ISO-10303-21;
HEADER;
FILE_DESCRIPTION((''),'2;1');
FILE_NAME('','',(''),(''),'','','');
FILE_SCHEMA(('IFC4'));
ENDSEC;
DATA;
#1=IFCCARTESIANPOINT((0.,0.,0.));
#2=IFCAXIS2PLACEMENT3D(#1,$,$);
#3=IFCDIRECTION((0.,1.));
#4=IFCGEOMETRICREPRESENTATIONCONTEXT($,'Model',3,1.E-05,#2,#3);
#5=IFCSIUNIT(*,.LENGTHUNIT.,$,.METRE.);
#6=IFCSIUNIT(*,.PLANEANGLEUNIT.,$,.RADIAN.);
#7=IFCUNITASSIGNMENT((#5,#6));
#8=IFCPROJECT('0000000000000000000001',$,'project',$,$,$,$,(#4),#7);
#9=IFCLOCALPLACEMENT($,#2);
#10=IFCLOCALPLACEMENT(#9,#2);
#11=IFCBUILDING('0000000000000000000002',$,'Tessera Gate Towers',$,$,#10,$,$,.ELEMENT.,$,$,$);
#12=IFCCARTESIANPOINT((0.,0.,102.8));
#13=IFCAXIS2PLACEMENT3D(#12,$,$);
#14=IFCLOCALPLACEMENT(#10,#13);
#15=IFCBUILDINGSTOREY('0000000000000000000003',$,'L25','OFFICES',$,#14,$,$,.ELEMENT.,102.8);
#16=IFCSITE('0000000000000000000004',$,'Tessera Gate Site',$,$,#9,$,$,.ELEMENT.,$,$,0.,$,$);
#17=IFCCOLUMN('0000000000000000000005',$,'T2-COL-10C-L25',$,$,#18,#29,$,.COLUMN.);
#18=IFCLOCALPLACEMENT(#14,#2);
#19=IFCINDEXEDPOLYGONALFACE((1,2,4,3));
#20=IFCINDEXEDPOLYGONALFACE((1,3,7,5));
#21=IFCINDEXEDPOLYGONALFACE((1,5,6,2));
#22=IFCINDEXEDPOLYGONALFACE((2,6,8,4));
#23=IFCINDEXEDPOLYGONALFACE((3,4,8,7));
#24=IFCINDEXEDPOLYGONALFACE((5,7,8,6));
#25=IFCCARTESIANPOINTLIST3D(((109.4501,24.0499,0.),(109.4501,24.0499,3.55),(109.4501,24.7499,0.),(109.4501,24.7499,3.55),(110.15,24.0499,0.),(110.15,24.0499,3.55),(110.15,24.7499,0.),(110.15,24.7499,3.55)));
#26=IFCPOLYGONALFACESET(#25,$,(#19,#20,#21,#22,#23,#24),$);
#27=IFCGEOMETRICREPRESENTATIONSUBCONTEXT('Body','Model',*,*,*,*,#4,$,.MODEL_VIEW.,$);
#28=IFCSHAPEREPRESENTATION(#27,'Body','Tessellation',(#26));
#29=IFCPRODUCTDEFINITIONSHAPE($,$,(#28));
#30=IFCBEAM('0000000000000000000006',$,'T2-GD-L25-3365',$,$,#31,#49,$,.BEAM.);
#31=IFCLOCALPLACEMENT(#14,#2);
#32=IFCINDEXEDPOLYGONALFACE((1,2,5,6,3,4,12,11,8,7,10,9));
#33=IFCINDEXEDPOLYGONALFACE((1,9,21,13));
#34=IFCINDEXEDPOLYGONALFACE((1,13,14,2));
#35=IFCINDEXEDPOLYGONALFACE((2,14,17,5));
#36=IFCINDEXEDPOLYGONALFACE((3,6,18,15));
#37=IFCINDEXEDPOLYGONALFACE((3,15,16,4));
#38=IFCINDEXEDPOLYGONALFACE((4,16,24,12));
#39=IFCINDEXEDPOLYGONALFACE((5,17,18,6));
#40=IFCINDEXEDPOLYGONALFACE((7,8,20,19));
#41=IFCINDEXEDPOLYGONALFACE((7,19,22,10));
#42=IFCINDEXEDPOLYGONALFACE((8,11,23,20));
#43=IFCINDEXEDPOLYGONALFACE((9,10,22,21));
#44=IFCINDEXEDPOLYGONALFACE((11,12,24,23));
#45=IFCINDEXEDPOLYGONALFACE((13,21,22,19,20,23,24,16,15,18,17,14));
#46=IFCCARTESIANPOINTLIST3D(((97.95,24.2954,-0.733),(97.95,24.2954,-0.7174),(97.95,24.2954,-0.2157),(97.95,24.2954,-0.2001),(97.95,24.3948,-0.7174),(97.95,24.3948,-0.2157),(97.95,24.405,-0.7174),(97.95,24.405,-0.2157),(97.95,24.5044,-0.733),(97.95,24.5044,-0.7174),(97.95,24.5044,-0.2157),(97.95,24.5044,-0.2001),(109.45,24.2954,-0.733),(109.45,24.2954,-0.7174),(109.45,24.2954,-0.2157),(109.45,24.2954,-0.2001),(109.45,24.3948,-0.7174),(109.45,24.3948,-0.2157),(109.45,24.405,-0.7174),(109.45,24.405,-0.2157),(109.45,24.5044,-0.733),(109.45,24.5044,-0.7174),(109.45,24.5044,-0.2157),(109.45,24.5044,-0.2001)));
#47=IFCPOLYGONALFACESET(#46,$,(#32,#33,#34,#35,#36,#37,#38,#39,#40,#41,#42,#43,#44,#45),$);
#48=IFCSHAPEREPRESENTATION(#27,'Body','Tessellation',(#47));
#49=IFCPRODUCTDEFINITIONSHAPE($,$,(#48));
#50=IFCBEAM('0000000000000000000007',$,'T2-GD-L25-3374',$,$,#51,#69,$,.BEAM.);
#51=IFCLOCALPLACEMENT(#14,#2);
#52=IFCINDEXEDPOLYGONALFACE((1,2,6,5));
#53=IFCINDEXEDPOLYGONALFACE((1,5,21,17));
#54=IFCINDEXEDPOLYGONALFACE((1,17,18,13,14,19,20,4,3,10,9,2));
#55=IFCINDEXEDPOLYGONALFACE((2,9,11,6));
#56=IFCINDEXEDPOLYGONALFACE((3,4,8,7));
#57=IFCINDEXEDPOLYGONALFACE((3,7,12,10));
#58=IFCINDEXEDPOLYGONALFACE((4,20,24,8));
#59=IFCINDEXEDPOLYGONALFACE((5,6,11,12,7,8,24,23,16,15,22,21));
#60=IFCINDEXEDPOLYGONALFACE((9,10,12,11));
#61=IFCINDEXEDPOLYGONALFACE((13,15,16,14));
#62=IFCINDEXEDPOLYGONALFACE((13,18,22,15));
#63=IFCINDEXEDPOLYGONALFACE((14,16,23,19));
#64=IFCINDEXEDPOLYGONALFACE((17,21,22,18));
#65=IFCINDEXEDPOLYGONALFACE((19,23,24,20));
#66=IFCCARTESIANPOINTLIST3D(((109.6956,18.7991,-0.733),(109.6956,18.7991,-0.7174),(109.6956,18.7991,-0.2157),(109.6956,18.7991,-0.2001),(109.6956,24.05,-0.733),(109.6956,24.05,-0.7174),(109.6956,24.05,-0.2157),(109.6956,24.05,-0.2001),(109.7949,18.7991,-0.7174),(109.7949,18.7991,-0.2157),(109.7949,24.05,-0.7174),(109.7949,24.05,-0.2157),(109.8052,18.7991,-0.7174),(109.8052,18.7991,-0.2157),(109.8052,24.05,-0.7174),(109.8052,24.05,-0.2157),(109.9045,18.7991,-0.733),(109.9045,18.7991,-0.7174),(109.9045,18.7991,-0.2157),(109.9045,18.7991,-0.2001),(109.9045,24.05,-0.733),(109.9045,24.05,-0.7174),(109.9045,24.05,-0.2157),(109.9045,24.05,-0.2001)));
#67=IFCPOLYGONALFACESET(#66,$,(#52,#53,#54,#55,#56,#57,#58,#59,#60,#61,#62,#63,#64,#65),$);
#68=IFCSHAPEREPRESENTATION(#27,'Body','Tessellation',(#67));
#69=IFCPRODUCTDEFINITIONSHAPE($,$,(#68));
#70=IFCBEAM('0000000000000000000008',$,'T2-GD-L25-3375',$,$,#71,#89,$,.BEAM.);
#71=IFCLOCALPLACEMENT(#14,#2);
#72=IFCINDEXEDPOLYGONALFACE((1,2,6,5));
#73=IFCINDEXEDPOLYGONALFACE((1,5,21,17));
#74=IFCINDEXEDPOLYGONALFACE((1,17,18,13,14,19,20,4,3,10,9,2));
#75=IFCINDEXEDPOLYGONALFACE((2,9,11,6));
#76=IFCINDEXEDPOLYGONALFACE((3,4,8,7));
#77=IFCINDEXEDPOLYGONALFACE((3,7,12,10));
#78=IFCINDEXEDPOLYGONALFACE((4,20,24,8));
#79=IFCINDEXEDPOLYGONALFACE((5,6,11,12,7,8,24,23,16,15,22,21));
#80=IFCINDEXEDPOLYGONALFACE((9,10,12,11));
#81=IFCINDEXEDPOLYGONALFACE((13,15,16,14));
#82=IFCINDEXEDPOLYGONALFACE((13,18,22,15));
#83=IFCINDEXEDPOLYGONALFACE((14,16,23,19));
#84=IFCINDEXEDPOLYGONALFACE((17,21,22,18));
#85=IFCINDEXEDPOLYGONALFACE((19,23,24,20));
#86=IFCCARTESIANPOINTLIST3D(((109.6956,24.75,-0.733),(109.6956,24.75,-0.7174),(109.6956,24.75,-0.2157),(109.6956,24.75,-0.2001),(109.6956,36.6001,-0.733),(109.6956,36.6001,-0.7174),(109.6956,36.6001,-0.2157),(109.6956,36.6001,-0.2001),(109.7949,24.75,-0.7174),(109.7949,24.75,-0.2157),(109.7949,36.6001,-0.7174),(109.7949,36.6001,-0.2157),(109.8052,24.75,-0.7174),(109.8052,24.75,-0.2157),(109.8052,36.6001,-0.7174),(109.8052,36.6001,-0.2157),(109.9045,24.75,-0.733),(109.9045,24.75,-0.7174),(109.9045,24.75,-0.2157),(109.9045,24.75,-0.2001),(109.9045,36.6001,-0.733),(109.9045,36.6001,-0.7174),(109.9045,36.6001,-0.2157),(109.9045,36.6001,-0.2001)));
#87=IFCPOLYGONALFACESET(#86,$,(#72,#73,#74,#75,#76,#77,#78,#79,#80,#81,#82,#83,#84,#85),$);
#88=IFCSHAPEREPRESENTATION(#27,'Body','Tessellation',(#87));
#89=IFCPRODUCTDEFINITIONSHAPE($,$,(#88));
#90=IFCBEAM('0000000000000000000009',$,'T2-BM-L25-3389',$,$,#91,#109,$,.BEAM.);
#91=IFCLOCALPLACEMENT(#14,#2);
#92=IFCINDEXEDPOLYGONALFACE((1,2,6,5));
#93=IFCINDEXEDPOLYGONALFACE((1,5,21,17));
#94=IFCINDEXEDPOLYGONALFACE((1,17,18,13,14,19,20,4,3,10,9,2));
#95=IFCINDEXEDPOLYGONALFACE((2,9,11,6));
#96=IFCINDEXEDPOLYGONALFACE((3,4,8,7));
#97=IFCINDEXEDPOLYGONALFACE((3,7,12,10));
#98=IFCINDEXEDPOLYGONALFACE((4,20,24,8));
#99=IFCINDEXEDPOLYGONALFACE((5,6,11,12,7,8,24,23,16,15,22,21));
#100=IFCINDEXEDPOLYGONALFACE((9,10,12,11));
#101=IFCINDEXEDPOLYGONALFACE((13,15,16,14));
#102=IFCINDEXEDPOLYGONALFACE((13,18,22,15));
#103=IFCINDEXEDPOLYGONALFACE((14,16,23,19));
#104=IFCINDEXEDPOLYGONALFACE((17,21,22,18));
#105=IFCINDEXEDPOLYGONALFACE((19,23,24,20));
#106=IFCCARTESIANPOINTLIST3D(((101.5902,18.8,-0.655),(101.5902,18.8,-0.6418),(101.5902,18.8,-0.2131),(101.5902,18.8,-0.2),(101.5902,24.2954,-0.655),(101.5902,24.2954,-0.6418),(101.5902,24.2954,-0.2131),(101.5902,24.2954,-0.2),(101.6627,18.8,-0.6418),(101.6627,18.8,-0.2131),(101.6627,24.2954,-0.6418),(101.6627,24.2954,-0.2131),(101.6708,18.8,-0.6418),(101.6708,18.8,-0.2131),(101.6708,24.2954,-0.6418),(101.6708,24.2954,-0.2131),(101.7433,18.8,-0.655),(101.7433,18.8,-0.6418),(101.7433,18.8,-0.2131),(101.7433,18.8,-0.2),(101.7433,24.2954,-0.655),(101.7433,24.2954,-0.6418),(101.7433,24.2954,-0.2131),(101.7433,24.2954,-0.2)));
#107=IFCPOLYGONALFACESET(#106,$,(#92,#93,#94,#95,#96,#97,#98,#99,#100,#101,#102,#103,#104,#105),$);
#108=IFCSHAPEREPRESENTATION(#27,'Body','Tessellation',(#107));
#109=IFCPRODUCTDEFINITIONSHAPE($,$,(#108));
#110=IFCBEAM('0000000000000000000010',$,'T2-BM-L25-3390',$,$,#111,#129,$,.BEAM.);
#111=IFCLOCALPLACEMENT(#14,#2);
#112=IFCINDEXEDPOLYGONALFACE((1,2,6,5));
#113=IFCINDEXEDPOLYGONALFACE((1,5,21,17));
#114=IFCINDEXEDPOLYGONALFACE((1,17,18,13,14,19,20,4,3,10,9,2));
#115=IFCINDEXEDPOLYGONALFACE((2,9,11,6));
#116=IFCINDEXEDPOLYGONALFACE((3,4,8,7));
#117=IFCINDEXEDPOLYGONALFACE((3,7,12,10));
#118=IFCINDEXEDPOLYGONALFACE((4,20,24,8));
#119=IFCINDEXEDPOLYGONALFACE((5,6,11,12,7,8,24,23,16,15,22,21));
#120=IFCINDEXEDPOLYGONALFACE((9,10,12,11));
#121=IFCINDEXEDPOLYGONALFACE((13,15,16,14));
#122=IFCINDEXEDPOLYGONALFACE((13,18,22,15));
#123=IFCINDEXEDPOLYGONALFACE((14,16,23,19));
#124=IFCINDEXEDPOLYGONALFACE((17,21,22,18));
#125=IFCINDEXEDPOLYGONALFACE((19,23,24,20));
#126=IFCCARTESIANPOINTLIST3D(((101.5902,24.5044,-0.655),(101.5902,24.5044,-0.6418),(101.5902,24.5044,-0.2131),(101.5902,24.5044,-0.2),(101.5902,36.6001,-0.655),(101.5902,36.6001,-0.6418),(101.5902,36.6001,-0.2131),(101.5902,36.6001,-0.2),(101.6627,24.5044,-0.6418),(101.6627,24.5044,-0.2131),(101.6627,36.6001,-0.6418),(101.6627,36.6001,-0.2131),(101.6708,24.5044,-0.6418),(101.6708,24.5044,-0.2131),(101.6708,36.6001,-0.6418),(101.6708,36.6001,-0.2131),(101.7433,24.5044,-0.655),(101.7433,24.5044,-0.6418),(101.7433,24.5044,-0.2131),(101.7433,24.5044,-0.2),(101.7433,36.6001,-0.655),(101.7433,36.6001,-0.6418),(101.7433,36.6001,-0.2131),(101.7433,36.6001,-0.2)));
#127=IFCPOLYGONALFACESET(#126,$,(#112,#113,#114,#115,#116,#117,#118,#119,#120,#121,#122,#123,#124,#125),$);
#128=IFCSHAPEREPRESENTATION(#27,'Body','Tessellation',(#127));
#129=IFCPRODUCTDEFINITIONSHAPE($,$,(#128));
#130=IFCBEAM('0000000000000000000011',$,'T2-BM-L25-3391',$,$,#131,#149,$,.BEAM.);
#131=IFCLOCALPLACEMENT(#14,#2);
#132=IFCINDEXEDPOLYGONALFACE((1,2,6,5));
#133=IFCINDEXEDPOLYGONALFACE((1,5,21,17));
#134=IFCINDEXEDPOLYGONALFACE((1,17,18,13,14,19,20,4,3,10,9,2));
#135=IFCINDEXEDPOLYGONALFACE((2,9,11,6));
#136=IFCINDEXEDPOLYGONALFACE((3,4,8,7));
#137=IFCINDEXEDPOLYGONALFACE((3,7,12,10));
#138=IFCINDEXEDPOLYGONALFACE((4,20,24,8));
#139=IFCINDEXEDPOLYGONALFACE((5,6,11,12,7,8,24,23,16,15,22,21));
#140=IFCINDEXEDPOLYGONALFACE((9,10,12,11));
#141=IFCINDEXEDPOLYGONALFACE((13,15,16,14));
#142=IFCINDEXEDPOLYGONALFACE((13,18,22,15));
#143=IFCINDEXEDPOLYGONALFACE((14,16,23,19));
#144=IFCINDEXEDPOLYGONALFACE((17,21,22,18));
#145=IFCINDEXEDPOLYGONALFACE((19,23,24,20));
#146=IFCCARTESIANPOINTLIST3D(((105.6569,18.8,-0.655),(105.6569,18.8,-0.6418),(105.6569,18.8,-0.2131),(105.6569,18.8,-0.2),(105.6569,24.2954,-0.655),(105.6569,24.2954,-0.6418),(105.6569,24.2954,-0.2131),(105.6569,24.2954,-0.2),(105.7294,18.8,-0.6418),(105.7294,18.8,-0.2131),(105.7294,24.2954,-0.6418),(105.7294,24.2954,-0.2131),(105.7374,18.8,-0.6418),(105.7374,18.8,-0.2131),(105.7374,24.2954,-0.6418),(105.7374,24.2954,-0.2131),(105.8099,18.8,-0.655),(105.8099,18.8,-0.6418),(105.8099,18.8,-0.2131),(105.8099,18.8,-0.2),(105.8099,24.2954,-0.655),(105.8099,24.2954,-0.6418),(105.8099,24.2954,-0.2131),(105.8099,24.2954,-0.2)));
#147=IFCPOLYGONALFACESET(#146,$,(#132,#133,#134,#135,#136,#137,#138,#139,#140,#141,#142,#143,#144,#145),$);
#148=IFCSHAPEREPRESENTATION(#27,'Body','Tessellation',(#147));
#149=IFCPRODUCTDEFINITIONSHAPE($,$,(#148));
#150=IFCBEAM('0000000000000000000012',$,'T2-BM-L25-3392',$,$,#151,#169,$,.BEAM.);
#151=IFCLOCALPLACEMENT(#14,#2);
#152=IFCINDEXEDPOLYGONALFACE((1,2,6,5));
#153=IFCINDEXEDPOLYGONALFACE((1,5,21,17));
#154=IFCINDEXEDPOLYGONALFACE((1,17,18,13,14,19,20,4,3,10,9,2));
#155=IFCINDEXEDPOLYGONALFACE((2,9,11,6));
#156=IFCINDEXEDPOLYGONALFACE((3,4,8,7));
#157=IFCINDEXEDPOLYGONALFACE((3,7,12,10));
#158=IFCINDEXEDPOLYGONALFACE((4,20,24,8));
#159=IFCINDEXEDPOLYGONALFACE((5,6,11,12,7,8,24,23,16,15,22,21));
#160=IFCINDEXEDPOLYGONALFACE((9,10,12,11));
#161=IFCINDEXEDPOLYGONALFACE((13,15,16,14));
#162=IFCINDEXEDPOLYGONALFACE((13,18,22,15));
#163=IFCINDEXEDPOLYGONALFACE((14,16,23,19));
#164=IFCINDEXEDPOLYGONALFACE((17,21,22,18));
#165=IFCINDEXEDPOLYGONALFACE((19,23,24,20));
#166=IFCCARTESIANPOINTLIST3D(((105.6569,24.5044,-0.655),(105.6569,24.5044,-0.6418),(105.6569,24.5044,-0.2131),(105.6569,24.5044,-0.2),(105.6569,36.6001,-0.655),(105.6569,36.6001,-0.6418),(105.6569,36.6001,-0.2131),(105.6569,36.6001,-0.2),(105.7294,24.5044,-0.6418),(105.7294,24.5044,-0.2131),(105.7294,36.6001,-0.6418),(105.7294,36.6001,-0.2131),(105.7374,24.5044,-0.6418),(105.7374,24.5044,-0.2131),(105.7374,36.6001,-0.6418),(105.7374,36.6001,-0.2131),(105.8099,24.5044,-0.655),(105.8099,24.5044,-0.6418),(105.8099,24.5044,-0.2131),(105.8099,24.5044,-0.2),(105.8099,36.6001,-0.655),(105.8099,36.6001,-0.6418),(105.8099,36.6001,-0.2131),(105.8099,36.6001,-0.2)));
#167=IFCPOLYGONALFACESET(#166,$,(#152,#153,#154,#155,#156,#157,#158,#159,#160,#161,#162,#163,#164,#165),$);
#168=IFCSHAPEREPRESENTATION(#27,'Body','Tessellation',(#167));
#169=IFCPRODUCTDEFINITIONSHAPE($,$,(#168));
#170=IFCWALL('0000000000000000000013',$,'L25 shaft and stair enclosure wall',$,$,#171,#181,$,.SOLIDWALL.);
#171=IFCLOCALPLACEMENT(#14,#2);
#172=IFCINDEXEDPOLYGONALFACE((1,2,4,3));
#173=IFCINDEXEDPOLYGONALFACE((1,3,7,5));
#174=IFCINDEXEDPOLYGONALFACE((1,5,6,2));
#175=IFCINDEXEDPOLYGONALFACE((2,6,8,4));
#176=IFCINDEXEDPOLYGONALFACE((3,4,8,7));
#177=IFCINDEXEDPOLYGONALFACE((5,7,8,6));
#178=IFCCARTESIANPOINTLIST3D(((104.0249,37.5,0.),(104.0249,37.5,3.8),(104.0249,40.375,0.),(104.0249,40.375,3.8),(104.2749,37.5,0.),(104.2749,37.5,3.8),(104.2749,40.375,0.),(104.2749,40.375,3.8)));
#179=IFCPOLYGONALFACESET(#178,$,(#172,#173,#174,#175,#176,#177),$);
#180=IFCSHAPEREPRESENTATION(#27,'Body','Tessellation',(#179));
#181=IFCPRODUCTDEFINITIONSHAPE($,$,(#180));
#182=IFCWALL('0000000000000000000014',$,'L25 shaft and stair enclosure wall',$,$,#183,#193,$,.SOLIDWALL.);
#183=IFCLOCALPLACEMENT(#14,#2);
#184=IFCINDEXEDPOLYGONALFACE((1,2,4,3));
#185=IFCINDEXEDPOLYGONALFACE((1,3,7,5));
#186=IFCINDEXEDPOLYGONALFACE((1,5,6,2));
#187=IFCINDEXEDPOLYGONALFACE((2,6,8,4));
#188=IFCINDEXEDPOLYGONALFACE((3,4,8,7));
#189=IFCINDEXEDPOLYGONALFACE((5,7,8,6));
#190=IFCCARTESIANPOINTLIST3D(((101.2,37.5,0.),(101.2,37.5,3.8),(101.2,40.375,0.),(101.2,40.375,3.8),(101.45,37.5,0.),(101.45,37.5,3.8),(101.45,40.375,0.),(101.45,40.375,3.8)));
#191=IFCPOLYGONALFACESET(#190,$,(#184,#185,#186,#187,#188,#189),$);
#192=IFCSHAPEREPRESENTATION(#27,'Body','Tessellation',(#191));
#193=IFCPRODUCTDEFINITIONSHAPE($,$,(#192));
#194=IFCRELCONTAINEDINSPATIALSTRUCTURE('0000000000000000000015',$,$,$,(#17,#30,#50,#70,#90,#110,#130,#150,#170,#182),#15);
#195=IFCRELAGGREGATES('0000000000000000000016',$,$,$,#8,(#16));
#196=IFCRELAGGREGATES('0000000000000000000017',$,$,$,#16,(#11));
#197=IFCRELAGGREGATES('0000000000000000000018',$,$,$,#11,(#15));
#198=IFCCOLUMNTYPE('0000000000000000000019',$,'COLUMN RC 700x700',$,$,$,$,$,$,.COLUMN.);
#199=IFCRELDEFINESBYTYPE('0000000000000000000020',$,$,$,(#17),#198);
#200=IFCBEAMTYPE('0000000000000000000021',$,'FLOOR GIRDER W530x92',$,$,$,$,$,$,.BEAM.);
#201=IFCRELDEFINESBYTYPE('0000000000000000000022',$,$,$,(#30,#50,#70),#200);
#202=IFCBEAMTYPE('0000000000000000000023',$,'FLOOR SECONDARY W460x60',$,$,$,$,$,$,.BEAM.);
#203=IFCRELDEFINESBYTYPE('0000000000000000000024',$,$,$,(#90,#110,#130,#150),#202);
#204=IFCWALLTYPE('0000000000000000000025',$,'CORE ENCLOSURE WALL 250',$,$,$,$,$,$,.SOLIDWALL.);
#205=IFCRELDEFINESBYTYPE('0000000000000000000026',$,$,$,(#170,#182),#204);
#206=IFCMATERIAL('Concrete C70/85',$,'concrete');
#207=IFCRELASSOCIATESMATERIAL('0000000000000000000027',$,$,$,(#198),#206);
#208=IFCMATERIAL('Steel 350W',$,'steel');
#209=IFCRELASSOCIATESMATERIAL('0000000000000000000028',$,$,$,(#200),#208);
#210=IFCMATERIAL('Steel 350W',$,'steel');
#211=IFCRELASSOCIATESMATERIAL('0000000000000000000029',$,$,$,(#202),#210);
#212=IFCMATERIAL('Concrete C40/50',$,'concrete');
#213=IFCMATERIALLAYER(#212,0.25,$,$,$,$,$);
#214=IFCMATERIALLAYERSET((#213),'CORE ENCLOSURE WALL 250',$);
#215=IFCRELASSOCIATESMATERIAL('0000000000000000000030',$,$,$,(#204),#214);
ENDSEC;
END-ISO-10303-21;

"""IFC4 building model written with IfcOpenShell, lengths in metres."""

from ifc_helpers import new_model, si_unit, direction, frame, frame_2d, origin, origin_2d, place, context, subcontext, project, spatial, rectangle, i_section, extrude, material, layer, layer_set, material_profile, profile_set, type_object, element, save


model = new_model("IFC4")

# Units and contexts
model_context = context("Model", 3, precision=1e-05, world=origin(), true_north=direction((0.0, 1.0)))
body_context = subcontext(model_context, "Body", "Model", "MODEL_VIEW")
ifc_project = project(units=[si_unit("LENGTHUNIT", "METRE"), si_unit("PLANEANGLEUNIT", "RADIAN")], contexts=[model_context])

# Site, building, storey
site_placement = place(None, origin())
site = spatial("IfcSite", under=ifc_project, at=site_placement, Name="Tessera Gate Site", CompositionType="ELEMENT", RefElevation=0.0)
building_placement = place(site_placement, origin())
building = spatial("IfcBuilding", under=site, at=building_placement, Name="Tessera Gate Towers", CompositionType="ELEMENT")
storey_placement = place(building_placement, frame((0.0, 0.0, 102.8)))
storey = spatial("IfcBuildingStorey", under=building, at=storey_placement, Name="L25", Description="OFFICES", CompositionType="ELEMENT", Elevation=102.8)

# Column
ifc_material_1 = material(Name="Concrete C70/85", Category="concrete")
ifc_material_profile_1 = material_profile(ifc_material_1, rectangle(XDim=0.7, YDim=0.7, at=origin_2d()), Name="RC 700x700")
ifc_profile_set_1 = profile_set([ifc_material_profile_1], Name="Concrete C70/85")
column_type = type_object("IfcColumnType", Name="COLUMN RC 700x700", PredefinedType="COLUMN", material=ifc_profile_set_1)
column_placement = place(storey_placement, frame((109.8, 24.3999, 0.0), z_axis=(0.0, 0.0, 1.0), x_axis=(1.0, 0.0, 0.0)))
element("IfcColumn", 1, at=column_placement, inside=storey, type_object=column_type, Name="T2-COL-10C-L25", PredefinedType="COLUMN", context=body_context, shape_type="SweptSolid", body=[
    extrude(rectangle(XDim=0.7, YDim=0.7, at=origin_2d()), origin(), (0.0, 0.0, 1.0), 3.55),
])

# Beams
ifc_material_2 = material(Name="Steel 350W", Category="steel")
ifc_material_profile_2 = material_profile(ifc_material_2, i_section(OverallWidth=0.209, OverallDepth=0.533, WebThickness=0.0103, FlangeThickness=0.0156, at=origin_2d()), Name="W530x92")
ifc_profile_set_2 = profile_set([ifc_material_profile_2], Name="Steel 350W")
beam_type_1 = type_object("IfcBeamType", Name="FLOOR GIRDER W530x92", PredefinedType="BEAM", material=ifc_profile_set_2)
beam_1_placement = place(storey_placement, frame((97.95, 24.3999, -0.4666), z_axis=(1.0, 0.0, 0.0), x_axis=(0.0, 1.0, 0.0)))
element("IfcBeam", 2, at=beam_1_placement, inside=storey, type_object=beam_type_1, Name="T2-GD-L25-3365", PredefinedType="BEAM", context=body_context, shape_type="SweptSolid", body=[
    extrude(i_section(OverallWidth=0.209, OverallDepth=0.533, WebThickness=0.0103, FlangeThickness=0.0156, at=origin_2d()), origin(), (0.0, 0.0, 1.0), 11.5),
])
beam_2_placement = place(storey_placement, frame((109.8, 18.7991, -0.4666), z_axis=(0.0, 1.0, 0.0), x_axis=(-1.0, 0.0, 0.0)))
element("IfcBeam", 3, at=beam_2_placement, inside=storey, type_object=beam_type_1, Name="T2-GD-L25-3374", PredefinedType="BEAM", context=body_context, shape_type="SweptSolid", body=[
    extrude(i_section(OverallWidth=0.209, OverallDepth=0.533, WebThickness=0.0103, FlangeThickness=0.0156, at=origin_2d()), origin(), (0.0, 0.0, 1.0), 5.251),
])
beam_3_placement = place(storey_placement, frame((109.8, 24.75, -0.4666), z_axis=(0.0, 1.0, 0.0), x_axis=(-1.0, 0.0, 0.0)))
element("IfcBeam", 4, at=beam_3_placement, inside=storey, type_object=beam_type_1, Name="T2-GD-L25-3375", PredefinedType="BEAM", context=body_context, shape_type="SweptSolid", body=[
    extrude(i_section(OverallWidth=0.209, OverallDepth=0.533, WebThickness=0.0103, FlangeThickness=0.0156, at=origin_2d()), origin(), (0.0, 0.0, 1.0), 11.8501),
])
ifc_material_3 = material(Name="Steel 350W", Category="steel")
ifc_material_profile_3 = material_profile(ifc_material_3, i_section(OverallWidth=0.1531, OverallDepth=0.4551, WebThickness=0.0081, FlangeThickness=0.0132, at=origin_2d()), Name="W460x60")
ifc_profile_set_3 = profile_set([ifc_material_profile_3], Name="Steel 350W")
beam_type_2 = type_object("IfcBeamType", Name="FLOOR SECONDARY W460x60", PredefinedType="BEAM", material=ifc_profile_set_3)
beam_4_placement = place(storey_placement, frame((101.6667, 18.8, -0.4275), z_axis=(0.0, 1.0, 0.0), x_axis=(-1.0, 0.0, 0.0)))
element("IfcBeam", 5, at=beam_4_placement, inside=storey, type_object=beam_type_2, Name="T2-BM-L25-3389", PredefinedType="BEAM", context=body_context, shape_type="SweptSolid", body=[
    extrude(i_section(OverallWidth=0.1531, OverallDepth=0.4551, WebThickness=0.0081, FlangeThickness=0.0132, at=origin_2d()), origin(), (0.0, 0.0, 1.0), 5.4954),
])
beam_5_placement = place(storey_placement, frame((101.6667, 24.5044, -0.4275), z_axis=(0.0, 1.0, 0.0), x_axis=(-1.0, 0.0, 0.0)))
element("IfcBeam", 6, at=beam_5_placement, inside=storey, type_object=beam_type_2, Name="T2-BM-L25-3390", PredefinedType="BEAM", context=body_context, shape_type="SweptSolid", body=[
    extrude(i_section(OverallWidth=0.1531, OverallDepth=0.4551, WebThickness=0.0081, FlangeThickness=0.0132, at=origin_2d()), origin(), (0.0, 0.0, 1.0), 12.0957),
])
beam_6_placement = place(storey_placement, frame((105.7334, 18.8, -0.4275), z_axis=(0.0, 1.0, 0.0), x_axis=(-1.0, 0.0, 0.0)))
element("IfcBeam", 7, at=beam_6_placement, inside=storey, type_object=beam_type_2, Name="T2-BM-L25-3391", PredefinedType="BEAM", context=body_context, shape_type="SweptSolid", body=[
    extrude(i_section(OverallWidth=0.1531, OverallDepth=0.4551, WebThickness=0.0081, FlangeThickness=0.0132, at=origin_2d()), origin(), (0.0, 0.0, 1.0), 5.4954),
])
beam_7_placement = place(storey_placement, frame((105.7334, 24.5044, -0.4275), z_axis=(0.0, 1.0, 0.0), x_axis=(-1.0, 0.0, 0.0)))
element("IfcBeam", 8, at=beam_7_placement, inside=storey, type_object=beam_type_2, Name="T2-BM-L25-3392", PredefinedType="BEAM", context=body_context, shape_type="SweptSolid", body=[
    extrude(i_section(OverallWidth=0.1531, OverallDepth=0.4551, WebThickness=0.0081, FlangeThickness=0.0132, at=origin_2d()), origin(), (0.0, 0.0, 1.0), 12.0957),
])

# Walls
ifc_material_4 = material(Name="Concrete C40/50", Category="concrete")
ifc_layer_1 = layer(ifc_material_4, 0.25)
ifc_layer_set_1 = layer_set([ifc_layer_1], Name="CORE ENCLOSURE WALL 250")
wall_type_1 = type_object("IfcWallType", Name="CORE ENCLOSURE WALL 250", PredefinedType="SOLIDWALL", material=ifc_layer_set_1)
for number, where, z_axis, x_axis, name in (
    (9, (104.1499, 37.5, 0.0), (0.0, 0.0, 1.0), (0.0, 1.0, 0.0), "L25 shaft and stair enclosure wall"),
    (10, (101.325, 37.5, 0.0), (0.0, 0.0, 1.0), (0.0, 1.0, 0.0), "L25 shaft and stair enclosure wall"),
):
    element("IfcWall", number, at=place(storey_placement, frame(where, z_axis=z_axis, x_axis=x_axis)), inside=storey, type_object=wall_type_1, Name=name, PredefinedType="SOLIDWALL", context=body_context, shape_type="SweptSolid", body=[
        extrude(rectangle(XDim=2.875, YDim=0.25, at=frame_2d((1.4375, 0.0))), origin(), (0.0, 0.0, 1.0), 3.8),
    ])

save(model, "model.ifc")
